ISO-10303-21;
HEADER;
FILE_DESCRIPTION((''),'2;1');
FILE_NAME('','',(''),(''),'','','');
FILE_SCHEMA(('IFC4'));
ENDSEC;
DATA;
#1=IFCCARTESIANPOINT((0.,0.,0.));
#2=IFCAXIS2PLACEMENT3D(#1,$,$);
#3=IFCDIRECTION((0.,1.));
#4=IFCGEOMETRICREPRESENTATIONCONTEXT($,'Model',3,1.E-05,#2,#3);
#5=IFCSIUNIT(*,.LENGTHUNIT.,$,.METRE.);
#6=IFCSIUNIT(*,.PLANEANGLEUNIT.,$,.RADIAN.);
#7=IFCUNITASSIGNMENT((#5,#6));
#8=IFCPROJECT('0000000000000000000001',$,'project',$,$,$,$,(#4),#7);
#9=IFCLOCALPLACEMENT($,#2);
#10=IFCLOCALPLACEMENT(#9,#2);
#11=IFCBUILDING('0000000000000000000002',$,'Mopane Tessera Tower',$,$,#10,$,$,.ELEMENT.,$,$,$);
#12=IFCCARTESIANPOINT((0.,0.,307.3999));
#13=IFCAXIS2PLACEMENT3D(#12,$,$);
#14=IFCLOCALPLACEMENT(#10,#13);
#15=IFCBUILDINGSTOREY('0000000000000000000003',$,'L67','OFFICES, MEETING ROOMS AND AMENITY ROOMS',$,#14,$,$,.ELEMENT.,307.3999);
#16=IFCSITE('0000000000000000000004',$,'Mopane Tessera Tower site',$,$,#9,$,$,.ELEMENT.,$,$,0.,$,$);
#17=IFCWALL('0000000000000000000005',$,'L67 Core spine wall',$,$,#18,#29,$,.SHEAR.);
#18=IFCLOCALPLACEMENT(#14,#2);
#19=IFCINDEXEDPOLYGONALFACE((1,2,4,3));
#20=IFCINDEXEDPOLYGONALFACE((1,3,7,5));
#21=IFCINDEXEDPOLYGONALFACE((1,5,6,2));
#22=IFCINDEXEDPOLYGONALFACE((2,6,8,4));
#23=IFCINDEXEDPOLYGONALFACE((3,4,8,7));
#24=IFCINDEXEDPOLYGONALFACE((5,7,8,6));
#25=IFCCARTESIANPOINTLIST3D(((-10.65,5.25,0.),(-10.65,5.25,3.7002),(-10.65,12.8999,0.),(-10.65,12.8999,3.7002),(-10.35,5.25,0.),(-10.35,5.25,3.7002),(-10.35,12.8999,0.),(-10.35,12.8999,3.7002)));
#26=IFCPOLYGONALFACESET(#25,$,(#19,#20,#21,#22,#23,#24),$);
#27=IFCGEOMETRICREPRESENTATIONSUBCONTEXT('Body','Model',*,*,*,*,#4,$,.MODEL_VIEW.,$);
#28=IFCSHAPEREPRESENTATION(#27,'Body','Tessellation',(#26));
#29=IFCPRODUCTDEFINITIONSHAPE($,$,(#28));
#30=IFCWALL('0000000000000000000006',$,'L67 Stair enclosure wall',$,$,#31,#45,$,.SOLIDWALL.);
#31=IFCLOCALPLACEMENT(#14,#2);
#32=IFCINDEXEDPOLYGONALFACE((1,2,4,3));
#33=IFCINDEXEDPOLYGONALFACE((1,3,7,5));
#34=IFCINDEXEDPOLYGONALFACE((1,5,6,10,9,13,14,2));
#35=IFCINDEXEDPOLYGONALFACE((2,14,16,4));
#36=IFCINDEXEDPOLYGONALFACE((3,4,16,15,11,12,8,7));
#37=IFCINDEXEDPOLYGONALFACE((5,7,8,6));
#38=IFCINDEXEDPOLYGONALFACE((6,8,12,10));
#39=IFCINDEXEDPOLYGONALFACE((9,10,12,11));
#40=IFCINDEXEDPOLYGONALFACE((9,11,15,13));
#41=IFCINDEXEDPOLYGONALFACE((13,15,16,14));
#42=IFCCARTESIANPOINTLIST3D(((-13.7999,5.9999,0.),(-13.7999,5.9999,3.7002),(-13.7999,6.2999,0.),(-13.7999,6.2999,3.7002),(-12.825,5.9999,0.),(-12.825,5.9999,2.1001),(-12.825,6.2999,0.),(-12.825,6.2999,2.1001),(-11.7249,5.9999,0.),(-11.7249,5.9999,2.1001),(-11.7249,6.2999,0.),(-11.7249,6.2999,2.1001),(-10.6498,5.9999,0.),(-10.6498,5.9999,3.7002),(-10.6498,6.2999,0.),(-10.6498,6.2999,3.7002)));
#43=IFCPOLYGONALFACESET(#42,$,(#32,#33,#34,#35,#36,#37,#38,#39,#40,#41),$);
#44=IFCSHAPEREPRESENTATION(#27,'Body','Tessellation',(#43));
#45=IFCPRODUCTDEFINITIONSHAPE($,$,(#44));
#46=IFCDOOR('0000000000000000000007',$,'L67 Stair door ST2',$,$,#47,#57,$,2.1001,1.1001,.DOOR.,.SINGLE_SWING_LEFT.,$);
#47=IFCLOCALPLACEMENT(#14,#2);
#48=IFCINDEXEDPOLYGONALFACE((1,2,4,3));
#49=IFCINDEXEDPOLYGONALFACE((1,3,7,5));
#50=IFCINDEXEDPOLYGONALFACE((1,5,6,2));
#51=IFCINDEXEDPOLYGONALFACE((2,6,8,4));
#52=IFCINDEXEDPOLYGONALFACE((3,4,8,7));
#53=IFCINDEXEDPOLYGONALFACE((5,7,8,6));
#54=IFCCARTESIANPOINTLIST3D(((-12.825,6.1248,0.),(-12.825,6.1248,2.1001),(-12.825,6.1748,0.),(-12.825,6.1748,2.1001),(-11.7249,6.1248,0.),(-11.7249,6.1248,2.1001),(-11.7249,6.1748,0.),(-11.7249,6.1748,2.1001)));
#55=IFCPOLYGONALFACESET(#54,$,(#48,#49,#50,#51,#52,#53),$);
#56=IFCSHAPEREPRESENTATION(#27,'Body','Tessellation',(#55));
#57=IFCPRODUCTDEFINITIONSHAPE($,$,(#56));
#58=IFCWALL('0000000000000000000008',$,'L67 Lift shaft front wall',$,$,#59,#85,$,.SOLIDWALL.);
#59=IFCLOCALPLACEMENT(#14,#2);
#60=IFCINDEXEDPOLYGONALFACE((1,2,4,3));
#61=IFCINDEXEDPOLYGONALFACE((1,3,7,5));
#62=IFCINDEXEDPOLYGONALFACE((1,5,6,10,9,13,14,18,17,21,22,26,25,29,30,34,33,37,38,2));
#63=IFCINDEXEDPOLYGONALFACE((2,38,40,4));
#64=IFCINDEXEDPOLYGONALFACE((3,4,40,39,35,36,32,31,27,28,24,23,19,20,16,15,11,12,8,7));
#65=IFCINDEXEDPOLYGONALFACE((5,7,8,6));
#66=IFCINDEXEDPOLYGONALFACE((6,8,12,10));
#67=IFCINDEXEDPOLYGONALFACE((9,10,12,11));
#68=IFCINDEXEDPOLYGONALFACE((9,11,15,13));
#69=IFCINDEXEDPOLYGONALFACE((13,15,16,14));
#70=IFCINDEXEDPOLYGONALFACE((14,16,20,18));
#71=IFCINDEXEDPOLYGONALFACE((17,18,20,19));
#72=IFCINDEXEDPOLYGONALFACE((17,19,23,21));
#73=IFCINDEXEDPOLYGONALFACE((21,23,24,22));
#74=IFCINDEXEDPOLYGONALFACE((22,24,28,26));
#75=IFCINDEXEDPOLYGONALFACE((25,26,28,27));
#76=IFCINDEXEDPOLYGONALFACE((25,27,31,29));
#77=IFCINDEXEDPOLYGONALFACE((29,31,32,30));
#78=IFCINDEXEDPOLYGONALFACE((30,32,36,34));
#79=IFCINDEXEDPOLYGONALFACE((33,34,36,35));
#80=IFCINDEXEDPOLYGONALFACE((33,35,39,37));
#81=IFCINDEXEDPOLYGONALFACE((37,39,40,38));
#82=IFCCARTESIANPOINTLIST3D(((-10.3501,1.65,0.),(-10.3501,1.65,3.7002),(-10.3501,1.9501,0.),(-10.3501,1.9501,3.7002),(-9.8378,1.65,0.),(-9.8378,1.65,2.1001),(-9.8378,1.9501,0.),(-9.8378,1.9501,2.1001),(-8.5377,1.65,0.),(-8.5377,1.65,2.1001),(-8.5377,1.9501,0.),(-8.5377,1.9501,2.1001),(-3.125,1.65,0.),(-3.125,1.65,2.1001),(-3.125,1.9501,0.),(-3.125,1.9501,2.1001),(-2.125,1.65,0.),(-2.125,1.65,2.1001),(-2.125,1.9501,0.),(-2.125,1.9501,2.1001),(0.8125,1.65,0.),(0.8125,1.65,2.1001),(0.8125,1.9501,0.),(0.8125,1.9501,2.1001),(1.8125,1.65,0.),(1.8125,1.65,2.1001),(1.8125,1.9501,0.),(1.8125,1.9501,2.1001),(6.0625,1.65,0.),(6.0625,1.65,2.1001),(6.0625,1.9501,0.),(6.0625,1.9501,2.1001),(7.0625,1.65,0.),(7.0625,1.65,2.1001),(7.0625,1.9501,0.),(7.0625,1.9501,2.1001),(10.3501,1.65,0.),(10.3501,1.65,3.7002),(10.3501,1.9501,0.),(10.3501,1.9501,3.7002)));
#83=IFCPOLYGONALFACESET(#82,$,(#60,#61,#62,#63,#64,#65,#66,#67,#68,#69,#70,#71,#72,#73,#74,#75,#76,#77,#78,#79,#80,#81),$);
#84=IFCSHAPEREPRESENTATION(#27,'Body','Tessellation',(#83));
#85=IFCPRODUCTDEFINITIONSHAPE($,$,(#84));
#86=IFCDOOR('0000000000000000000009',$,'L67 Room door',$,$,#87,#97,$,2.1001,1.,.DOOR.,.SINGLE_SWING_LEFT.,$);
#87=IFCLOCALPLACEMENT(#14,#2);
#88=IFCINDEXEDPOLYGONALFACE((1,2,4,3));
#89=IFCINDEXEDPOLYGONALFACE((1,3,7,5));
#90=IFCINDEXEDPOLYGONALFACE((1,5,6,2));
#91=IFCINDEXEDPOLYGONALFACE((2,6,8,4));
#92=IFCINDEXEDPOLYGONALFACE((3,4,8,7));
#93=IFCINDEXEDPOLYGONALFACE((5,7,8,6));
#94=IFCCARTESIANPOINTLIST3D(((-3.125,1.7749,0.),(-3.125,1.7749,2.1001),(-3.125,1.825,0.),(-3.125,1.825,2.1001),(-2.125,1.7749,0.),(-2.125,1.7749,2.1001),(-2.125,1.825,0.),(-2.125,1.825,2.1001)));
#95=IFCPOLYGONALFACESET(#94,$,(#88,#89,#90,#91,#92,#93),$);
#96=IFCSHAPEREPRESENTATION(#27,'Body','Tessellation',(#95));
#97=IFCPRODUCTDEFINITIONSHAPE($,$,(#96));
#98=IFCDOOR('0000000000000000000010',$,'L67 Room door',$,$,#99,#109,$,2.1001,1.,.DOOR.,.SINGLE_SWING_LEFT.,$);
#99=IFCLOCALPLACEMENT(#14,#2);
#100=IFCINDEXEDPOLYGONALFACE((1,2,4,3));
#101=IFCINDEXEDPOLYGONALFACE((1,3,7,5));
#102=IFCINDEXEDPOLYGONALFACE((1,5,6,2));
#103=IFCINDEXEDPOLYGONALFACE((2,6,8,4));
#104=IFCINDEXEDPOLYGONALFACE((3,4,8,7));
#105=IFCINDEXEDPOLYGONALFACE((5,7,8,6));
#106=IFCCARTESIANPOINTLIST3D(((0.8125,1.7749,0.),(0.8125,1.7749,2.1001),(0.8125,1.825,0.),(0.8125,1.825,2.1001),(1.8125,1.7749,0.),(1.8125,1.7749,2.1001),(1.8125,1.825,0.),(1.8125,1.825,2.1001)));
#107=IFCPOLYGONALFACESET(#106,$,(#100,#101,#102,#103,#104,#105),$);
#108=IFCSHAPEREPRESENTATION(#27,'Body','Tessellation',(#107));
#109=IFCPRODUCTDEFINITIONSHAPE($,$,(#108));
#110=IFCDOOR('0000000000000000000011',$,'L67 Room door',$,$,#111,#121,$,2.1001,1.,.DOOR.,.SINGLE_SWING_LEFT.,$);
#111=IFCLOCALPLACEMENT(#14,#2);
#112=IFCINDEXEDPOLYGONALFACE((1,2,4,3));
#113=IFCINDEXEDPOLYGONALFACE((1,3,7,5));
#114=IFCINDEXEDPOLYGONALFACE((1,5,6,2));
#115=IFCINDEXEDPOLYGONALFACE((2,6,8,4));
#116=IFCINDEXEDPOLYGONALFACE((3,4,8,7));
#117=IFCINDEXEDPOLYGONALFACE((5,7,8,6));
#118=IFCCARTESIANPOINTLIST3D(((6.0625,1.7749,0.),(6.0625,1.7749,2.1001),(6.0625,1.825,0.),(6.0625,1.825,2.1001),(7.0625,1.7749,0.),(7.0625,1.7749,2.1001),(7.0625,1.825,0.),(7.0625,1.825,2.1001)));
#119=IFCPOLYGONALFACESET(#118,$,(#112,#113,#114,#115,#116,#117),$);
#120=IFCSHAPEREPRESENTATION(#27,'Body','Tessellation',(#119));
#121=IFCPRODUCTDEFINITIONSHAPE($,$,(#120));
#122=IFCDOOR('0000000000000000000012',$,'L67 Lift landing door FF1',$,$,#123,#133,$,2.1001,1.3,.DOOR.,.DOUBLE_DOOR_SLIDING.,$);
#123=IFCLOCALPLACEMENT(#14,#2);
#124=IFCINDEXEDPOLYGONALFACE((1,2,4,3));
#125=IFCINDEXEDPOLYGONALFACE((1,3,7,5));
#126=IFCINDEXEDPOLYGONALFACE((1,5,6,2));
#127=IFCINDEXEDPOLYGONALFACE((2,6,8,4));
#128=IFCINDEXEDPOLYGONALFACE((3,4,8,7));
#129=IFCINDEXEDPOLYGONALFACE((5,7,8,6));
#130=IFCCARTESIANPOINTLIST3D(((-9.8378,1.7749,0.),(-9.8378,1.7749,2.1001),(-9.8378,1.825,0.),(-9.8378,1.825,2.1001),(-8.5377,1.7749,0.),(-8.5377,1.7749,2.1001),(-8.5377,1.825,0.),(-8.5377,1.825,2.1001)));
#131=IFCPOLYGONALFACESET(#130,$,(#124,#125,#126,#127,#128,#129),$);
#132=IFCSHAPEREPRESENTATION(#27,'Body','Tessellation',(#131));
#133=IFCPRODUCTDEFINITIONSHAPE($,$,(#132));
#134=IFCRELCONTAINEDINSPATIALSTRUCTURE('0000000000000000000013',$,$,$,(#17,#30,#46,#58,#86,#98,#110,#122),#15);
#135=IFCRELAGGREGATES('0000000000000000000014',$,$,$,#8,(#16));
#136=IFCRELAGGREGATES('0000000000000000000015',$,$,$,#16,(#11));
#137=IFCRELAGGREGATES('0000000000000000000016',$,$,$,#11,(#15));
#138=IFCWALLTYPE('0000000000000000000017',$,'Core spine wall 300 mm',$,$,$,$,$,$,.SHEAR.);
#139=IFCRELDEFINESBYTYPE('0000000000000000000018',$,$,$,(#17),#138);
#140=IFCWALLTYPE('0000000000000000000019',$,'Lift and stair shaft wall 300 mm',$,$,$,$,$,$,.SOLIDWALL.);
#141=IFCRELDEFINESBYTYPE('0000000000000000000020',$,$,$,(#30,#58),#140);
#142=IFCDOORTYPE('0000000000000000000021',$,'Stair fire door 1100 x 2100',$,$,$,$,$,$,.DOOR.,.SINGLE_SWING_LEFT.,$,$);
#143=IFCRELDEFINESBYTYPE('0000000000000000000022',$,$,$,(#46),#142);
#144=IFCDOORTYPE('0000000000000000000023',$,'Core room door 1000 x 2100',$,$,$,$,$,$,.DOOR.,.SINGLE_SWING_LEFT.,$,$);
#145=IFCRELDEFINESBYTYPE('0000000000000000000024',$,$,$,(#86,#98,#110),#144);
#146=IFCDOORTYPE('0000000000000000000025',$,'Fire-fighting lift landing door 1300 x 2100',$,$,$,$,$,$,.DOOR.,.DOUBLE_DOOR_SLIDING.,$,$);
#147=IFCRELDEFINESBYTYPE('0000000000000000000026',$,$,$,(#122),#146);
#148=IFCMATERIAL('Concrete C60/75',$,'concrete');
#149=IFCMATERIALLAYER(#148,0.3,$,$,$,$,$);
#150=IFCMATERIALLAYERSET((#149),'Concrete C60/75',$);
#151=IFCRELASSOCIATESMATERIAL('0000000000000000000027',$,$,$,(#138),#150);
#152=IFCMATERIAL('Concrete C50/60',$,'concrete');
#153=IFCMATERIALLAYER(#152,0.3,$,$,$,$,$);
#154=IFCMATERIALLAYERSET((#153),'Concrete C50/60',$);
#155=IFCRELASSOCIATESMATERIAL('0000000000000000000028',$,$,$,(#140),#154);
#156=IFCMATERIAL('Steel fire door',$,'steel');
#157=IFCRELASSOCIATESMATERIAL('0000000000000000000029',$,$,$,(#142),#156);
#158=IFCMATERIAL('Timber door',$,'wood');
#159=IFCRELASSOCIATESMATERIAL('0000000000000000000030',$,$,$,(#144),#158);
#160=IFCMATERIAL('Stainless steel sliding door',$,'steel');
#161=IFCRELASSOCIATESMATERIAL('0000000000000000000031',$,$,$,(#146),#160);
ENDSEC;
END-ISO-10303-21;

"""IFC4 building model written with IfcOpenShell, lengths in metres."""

from ifc_helpers import new_model, si_unit, direction, frame, frame_2d, origin, place, context, subcontext, project, spatial, rectangle, extrude, material, layer, layer_set, type_object, element, fill, save


model = new_model("IFC4")

# Units and contexts
model_context = context("Model", 3, precision=1e-05, world=origin(), true_north=direction((0.0, 1.0)))
body_context = subcontext(model_context, "Body", "Model", "MODEL_VIEW")
ifc_project = project(units=[si_unit("LENGTHUNIT", "METRE"), si_unit("PLANEANGLEUNIT", "RADIAN")], contexts=[model_context])

# Site, building, storey
site_placement = place(None, origin())
site = spatial("IfcSite", under=ifc_project, at=site_placement, Name="Mopane Tessera Tower site", CompositionType="ELEMENT", RefElevation=0.0)
building_placement = place(site_placement, origin())
building = spatial("IfcBuilding", under=site, at=building_placement, Name="Mopane Tessera Tower", CompositionType="ELEMENT")
storey_placement = place(building_placement, frame((0.0, 0.0, 307.3999)))
storey = spatial("IfcBuildingStorey", under=building, at=storey_placement, Name="L67", Description="OFFICES, MEETING ROOMS AND AMENITY ROOMS", CompositionType="ELEMENT", Elevation=307.3999)

# Wall
ifc_material_1 = material(Name="Concrete C60/75", Category="concrete")
ifc_layer_1 = layer(ifc_material_1, 0.3)
ifc_layer_set_1 = layer_set([ifc_layer_1], Name="Concrete C60/75")
wall_type_1 = type_object("IfcWallType", Name="Core spine wall 300 mm", PredefinedType="SHEAR", material=ifc_layer_set_1)
wall_1_placement = place(storey_placement, frame((-10.5, 5.25, 0.0), z_axis=(0.0, 0.0, 1.0), x_axis=(0.0, 1.0, 0.0)))
element("IfcWall", 1, at=wall_1_placement, inside=storey, type_object=wall_type_1, Name="L67 Core spine wall", PredefinedType="SHEAR", context=body_context, shape_type="SweptSolid", body=[
    extrude(rectangle(XDim=7.6499, YDim=0.3, at=frame_2d((3.825, 0.0))), origin(), (0.0, 0.0, 1.0), 3.7002),
])

# Wall, opening, door
ifc_material_2 = material(Name="Concrete C50/60", Category="concrete")
ifc_layer_2 = layer(ifc_material_2, 0.3)
ifc_layer_set_2 = layer_set([ifc_layer_2], Name="Concrete C50/60")
wall_type_2 = type_object("IfcWallType", Name="Lift and stair shaft wall 300 mm", PredefinedType="SOLIDWALL", material=ifc_layer_set_2)
wall_2_placement = place(storey_placement, frame((-13.8, 6.1499, 0.0), z_axis=(0.0, 0.0, 1.0), x_axis=(1.0, 0.0, 0.0)))
wall_2 = element("IfcWall", 2, at=wall_2_placement, inside=storey, type_object=wall_type_2, Name="L67 Stair enclosure wall", PredefinedType="SOLIDWALL", context=body_context, shape_type="SweptSolid", body=[
    extrude(rectangle(XDim=3.1501, YDim=0.3, at=frame_2d((1.5752, 0.0))), origin(), (0.0, 0.0, 1.0), 3.7002),
])
opening_1_placement = place(wall_2_placement, frame((0.9751, 0.0, 0.0)))
opening_1 = element("IfcOpeningElement", 3, at=opening_1_placement, cuts=wall_2, PredefinedType="OPENING", context=body_context, shape_type="SweptSolid", body=[
    extrude(rectangle(XDim=1.1001, YDim=2.1001, at=frame_2d((0.55, 1.05))), frame((0.0, 0.1621, 0.0), z_axis=(0.0, -1.0, 0.0), x_axis=(1.0, 0.0, 0.0)), (0.0, 0.0, 1.0), 0.324),
])
ifc_material_3 = material(Name="Steel fire door", Category="steel")
door_type_1 = type_object("IfcDoorType", Name="Stair fire door 1100 x 2100", OperationType="SINGLE_SWING_LEFT", PredefinedType="DOOR", material=ifc_material_3)
door_1_placement = place(opening_1_placement, origin())
door_1 = element("IfcDoor", 4, at=door_1_placement, inside=storey, type_object=door_type_1, Name="L67 Stair door ST2", OperationType="SINGLE_SWING_LEFT", OverallHeight=2.1001, OverallWidth=1.1001, PredefinedType="DOOR", context=body_context, shape_type="SweptSolid", body=[
    extrude(rectangle(XDim=1.1001, YDim=2.1001, at=frame_2d((0.55, 1.05))), frame((0.0, 0.0249, 0.0), z_axis=(0.0, -1.0, 0.0), x_axis=(1.0, 0.0, 0.0)), (0.0, 0.0, 1.0), 0.05),
])
fill(opening_1, door_1)

# Wall, openings, doors
wall_3_placement = place(storey_placement, frame((-10.3501, 1.8, 0.0), z_axis=(0.0, 0.0, 1.0), x_axis=(1.0, 0.0, 0.0)))
wall_3 = element("IfcWall", 5, at=wall_3_placement, inside=storey, type_object=wall_type_2, Name="L67 Lift shaft front wall", PredefinedType="SOLIDWALL", context=body_context, shape_type="SweptSolid", body=[
    extrude(rectangle(XDim=20.7002, YDim=0.3, at=frame_2d((10.3501, 0.0))), origin(), (0.0, 0.0, 1.0), 3.7002),
])
opening_2_placement = place(wall_3_placement, frame((0.5125, 0.0, 0.0)))
opening_2 = element("IfcOpeningElement", 6, at=opening_2_placement, cuts=wall_3, PredefinedType="OPENING", context=body_context, shape_type="SweptSolid", body=[
    extrude(rectangle(XDim=1.3, YDim=2.1001, at=frame_2d((0.6499, 1.05))), frame((0.0, 0.1621, 0.0), z_axis=(0.0, -1.0, 0.0), x_axis=(1.0, 0.0, 0.0)), (0.0, 0.0, 1.0), 0.324),
])
opening_3_placement = place(wall_3_placement, frame((7.2251, 0.0, 0.0)))
opening_3 = element("IfcOpeningElement", 7, at=opening_3_placement, cuts=wall_3, PredefinedType="OPENING", context=body_context, shape_type="SweptSolid", body=[
    extrude(rectangle(XDim=1.0, YDim=2.1001, at=frame_2d((0.5, 1.05))), frame((0.0, 0.1621, 0.0), z_axis=(0.0, -1.0, 0.0), x_axis=(1.0, 0.0, 0.0)), (0.0, 0.0, 1.0), 0.324),
])
opening_4_placement = place(wall_3_placement, frame((11.1626, 0.0, 0.0)))
opening_4 = element("IfcOpeningElement", 8, at=opening_4_placement, cuts=wall_3, PredefinedType="OPENING", context=body_context, shape_type="SweptSolid", body=[
    extrude(rectangle(XDim=1.0, YDim=2.1001, at=frame_2d((0.5, 1.05))), frame((0.0, 0.1621, 0.0), z_axis=(0.0, -1.0, 0.0), x_axis=(1.0, 0.0, 0.0)), (0.0, 0.0, 1.0), 0.324),
])
opening_5_placement = place(wall_3_placement, frame((16.4126, 0.0, 0.0)))
opening_5 = element("IfcOpeningElement", 9, at=opening_5_placement, cuts=wall_3, PredefinedType="OPENING", context=body_context, shape_type="SweptSolid", body=[
    extrude(rectangle(XDim=1.0, YDim=2.1001, at=frame_2d((0.5, 1.05))), frame((0.0, 0.1621, 0.0), z_axis=(0.0, -1.0, 0.0), x_axis=(1.0, 0.0, 0.0)), (0.0, 0.0, 1.0), 0.324),
])
ifc_material_4 = material(Name="Timber door", Category="wood")
door_type_2 = type_object("IfcDoorType", Name="Core room door 1000 x 2100", OperationType="SINGLE_SWING_LEFT", PredefinedType="DOOR", material=ifc_material_4)
door_2_placement = place(opening_3_placement, origin())
door_2 = element("IfcDoor", 10, at=door_2_placement, inside=storey, type_object=door_type_2, Name="L67 Room door", OperationType="SINGLE_SWING_LEFT", OverallHeight=2.1001, OverallWidth=1.0, PredefinedType="DOOR", context=body_context, shape_type="SweptSolid", body=[
    extrude(rectangle(XDim=1.0, YDim=2.1001, at=frame_2d((0.5, 1.05))), frame((0.0, 0.0249, 0.0), z_axis=(0.0, -1.0, 0.0), x_axis=(1.0, 0.0, 0.0)), (0.0, 0.0, 1.0), 0.05),
])
fill(opening_3, door_2)
door_3_placement = place(opening_4_placement, origin())
door_3 = element("IfcDoor", 11, at=door_3_placement, inside=storey, type_object=door_type_2, Name="L67 Room door", OperationType="SINGLE_SWING_LEFT", OverallHeight=2.1001, OverallWidth=1.0, PredefinedType="DOOR", context=body_context, shape_type="SweptSolid", body=[
    extrude(rectangle(XDim=1.0, YDim=2.1001, at=frame_2d((0.5, 1.05))), frame((0.0, 0.0249, 0.0), z_axis=(0.0, -1.0, 0.0), x_axis=(1.0, 0.0, 0.0)), (0.0, 0.0, 1.0), 0.05),
])
fill(opening_4, door_3)
door_4_placement = place(opening_5_placement, origin())
door_4 = element("IfcDoor", 12, at=door_4_placement, inside=storey, type_object=door_type_2, Name="L67 Room door", OperationType="SINGLE_SWING_LEFT", OverallHeight=2.1001, OverallWidth=1.0, PredefinedType="DOOR", context=body_context, shape_type="SweptSolid", body=[
    extrude(rectangle(XDim=1.0, YDim=2.1001, at=frame_2d((0.5, 1.05))), frame((0.0, 0.0249, 0.0), z_axis=(0.0, -1.0, 0.0), x_axis=(1.0, 0.0, 0.0)), (0.0, 0.0, 1.0), 0.05),
])
fill(opening_5, door_4)
ifc_material_5 = material(Name="Stainless steel sliding door", Category="steel")
door_type_3 = type_object("IfcDoorType", Name="Fire-fighting lift landing door 1300 x 2100", OperationType="DOUBLE_DOOR_SLIDING", PredefinedType="DOOR", material=ifc_material_5)
door_5_placement = place(opening_2_placement, origin())
door_5 = element("IfcDoor", 13, at=door_5_placement, inside=storey, type_object=door_type_3, Name="L67 Lift landing door FF1", OperationType="DOUBLE_DOOR_SLIDING", OverallHeight=2.1001, OverallWidth=1.3, PredefinedType="DOOR", context=body_context, shape_type="SweptSolid", body=[
    extrude(rectangle(XDim=1.3, YDim=2.1001, at=frame_2d((0.6499, 1.05))), frame((0.0, 0.0249, 0.0), z_axis=(0.0, -1.0, 0.0), x_axis=(1.0, 0.0, 0.0)), (0.0, 0.0, 1.0), 0.05),
])
fill(opening_2, door_5)

save(model, "model.ifc")
